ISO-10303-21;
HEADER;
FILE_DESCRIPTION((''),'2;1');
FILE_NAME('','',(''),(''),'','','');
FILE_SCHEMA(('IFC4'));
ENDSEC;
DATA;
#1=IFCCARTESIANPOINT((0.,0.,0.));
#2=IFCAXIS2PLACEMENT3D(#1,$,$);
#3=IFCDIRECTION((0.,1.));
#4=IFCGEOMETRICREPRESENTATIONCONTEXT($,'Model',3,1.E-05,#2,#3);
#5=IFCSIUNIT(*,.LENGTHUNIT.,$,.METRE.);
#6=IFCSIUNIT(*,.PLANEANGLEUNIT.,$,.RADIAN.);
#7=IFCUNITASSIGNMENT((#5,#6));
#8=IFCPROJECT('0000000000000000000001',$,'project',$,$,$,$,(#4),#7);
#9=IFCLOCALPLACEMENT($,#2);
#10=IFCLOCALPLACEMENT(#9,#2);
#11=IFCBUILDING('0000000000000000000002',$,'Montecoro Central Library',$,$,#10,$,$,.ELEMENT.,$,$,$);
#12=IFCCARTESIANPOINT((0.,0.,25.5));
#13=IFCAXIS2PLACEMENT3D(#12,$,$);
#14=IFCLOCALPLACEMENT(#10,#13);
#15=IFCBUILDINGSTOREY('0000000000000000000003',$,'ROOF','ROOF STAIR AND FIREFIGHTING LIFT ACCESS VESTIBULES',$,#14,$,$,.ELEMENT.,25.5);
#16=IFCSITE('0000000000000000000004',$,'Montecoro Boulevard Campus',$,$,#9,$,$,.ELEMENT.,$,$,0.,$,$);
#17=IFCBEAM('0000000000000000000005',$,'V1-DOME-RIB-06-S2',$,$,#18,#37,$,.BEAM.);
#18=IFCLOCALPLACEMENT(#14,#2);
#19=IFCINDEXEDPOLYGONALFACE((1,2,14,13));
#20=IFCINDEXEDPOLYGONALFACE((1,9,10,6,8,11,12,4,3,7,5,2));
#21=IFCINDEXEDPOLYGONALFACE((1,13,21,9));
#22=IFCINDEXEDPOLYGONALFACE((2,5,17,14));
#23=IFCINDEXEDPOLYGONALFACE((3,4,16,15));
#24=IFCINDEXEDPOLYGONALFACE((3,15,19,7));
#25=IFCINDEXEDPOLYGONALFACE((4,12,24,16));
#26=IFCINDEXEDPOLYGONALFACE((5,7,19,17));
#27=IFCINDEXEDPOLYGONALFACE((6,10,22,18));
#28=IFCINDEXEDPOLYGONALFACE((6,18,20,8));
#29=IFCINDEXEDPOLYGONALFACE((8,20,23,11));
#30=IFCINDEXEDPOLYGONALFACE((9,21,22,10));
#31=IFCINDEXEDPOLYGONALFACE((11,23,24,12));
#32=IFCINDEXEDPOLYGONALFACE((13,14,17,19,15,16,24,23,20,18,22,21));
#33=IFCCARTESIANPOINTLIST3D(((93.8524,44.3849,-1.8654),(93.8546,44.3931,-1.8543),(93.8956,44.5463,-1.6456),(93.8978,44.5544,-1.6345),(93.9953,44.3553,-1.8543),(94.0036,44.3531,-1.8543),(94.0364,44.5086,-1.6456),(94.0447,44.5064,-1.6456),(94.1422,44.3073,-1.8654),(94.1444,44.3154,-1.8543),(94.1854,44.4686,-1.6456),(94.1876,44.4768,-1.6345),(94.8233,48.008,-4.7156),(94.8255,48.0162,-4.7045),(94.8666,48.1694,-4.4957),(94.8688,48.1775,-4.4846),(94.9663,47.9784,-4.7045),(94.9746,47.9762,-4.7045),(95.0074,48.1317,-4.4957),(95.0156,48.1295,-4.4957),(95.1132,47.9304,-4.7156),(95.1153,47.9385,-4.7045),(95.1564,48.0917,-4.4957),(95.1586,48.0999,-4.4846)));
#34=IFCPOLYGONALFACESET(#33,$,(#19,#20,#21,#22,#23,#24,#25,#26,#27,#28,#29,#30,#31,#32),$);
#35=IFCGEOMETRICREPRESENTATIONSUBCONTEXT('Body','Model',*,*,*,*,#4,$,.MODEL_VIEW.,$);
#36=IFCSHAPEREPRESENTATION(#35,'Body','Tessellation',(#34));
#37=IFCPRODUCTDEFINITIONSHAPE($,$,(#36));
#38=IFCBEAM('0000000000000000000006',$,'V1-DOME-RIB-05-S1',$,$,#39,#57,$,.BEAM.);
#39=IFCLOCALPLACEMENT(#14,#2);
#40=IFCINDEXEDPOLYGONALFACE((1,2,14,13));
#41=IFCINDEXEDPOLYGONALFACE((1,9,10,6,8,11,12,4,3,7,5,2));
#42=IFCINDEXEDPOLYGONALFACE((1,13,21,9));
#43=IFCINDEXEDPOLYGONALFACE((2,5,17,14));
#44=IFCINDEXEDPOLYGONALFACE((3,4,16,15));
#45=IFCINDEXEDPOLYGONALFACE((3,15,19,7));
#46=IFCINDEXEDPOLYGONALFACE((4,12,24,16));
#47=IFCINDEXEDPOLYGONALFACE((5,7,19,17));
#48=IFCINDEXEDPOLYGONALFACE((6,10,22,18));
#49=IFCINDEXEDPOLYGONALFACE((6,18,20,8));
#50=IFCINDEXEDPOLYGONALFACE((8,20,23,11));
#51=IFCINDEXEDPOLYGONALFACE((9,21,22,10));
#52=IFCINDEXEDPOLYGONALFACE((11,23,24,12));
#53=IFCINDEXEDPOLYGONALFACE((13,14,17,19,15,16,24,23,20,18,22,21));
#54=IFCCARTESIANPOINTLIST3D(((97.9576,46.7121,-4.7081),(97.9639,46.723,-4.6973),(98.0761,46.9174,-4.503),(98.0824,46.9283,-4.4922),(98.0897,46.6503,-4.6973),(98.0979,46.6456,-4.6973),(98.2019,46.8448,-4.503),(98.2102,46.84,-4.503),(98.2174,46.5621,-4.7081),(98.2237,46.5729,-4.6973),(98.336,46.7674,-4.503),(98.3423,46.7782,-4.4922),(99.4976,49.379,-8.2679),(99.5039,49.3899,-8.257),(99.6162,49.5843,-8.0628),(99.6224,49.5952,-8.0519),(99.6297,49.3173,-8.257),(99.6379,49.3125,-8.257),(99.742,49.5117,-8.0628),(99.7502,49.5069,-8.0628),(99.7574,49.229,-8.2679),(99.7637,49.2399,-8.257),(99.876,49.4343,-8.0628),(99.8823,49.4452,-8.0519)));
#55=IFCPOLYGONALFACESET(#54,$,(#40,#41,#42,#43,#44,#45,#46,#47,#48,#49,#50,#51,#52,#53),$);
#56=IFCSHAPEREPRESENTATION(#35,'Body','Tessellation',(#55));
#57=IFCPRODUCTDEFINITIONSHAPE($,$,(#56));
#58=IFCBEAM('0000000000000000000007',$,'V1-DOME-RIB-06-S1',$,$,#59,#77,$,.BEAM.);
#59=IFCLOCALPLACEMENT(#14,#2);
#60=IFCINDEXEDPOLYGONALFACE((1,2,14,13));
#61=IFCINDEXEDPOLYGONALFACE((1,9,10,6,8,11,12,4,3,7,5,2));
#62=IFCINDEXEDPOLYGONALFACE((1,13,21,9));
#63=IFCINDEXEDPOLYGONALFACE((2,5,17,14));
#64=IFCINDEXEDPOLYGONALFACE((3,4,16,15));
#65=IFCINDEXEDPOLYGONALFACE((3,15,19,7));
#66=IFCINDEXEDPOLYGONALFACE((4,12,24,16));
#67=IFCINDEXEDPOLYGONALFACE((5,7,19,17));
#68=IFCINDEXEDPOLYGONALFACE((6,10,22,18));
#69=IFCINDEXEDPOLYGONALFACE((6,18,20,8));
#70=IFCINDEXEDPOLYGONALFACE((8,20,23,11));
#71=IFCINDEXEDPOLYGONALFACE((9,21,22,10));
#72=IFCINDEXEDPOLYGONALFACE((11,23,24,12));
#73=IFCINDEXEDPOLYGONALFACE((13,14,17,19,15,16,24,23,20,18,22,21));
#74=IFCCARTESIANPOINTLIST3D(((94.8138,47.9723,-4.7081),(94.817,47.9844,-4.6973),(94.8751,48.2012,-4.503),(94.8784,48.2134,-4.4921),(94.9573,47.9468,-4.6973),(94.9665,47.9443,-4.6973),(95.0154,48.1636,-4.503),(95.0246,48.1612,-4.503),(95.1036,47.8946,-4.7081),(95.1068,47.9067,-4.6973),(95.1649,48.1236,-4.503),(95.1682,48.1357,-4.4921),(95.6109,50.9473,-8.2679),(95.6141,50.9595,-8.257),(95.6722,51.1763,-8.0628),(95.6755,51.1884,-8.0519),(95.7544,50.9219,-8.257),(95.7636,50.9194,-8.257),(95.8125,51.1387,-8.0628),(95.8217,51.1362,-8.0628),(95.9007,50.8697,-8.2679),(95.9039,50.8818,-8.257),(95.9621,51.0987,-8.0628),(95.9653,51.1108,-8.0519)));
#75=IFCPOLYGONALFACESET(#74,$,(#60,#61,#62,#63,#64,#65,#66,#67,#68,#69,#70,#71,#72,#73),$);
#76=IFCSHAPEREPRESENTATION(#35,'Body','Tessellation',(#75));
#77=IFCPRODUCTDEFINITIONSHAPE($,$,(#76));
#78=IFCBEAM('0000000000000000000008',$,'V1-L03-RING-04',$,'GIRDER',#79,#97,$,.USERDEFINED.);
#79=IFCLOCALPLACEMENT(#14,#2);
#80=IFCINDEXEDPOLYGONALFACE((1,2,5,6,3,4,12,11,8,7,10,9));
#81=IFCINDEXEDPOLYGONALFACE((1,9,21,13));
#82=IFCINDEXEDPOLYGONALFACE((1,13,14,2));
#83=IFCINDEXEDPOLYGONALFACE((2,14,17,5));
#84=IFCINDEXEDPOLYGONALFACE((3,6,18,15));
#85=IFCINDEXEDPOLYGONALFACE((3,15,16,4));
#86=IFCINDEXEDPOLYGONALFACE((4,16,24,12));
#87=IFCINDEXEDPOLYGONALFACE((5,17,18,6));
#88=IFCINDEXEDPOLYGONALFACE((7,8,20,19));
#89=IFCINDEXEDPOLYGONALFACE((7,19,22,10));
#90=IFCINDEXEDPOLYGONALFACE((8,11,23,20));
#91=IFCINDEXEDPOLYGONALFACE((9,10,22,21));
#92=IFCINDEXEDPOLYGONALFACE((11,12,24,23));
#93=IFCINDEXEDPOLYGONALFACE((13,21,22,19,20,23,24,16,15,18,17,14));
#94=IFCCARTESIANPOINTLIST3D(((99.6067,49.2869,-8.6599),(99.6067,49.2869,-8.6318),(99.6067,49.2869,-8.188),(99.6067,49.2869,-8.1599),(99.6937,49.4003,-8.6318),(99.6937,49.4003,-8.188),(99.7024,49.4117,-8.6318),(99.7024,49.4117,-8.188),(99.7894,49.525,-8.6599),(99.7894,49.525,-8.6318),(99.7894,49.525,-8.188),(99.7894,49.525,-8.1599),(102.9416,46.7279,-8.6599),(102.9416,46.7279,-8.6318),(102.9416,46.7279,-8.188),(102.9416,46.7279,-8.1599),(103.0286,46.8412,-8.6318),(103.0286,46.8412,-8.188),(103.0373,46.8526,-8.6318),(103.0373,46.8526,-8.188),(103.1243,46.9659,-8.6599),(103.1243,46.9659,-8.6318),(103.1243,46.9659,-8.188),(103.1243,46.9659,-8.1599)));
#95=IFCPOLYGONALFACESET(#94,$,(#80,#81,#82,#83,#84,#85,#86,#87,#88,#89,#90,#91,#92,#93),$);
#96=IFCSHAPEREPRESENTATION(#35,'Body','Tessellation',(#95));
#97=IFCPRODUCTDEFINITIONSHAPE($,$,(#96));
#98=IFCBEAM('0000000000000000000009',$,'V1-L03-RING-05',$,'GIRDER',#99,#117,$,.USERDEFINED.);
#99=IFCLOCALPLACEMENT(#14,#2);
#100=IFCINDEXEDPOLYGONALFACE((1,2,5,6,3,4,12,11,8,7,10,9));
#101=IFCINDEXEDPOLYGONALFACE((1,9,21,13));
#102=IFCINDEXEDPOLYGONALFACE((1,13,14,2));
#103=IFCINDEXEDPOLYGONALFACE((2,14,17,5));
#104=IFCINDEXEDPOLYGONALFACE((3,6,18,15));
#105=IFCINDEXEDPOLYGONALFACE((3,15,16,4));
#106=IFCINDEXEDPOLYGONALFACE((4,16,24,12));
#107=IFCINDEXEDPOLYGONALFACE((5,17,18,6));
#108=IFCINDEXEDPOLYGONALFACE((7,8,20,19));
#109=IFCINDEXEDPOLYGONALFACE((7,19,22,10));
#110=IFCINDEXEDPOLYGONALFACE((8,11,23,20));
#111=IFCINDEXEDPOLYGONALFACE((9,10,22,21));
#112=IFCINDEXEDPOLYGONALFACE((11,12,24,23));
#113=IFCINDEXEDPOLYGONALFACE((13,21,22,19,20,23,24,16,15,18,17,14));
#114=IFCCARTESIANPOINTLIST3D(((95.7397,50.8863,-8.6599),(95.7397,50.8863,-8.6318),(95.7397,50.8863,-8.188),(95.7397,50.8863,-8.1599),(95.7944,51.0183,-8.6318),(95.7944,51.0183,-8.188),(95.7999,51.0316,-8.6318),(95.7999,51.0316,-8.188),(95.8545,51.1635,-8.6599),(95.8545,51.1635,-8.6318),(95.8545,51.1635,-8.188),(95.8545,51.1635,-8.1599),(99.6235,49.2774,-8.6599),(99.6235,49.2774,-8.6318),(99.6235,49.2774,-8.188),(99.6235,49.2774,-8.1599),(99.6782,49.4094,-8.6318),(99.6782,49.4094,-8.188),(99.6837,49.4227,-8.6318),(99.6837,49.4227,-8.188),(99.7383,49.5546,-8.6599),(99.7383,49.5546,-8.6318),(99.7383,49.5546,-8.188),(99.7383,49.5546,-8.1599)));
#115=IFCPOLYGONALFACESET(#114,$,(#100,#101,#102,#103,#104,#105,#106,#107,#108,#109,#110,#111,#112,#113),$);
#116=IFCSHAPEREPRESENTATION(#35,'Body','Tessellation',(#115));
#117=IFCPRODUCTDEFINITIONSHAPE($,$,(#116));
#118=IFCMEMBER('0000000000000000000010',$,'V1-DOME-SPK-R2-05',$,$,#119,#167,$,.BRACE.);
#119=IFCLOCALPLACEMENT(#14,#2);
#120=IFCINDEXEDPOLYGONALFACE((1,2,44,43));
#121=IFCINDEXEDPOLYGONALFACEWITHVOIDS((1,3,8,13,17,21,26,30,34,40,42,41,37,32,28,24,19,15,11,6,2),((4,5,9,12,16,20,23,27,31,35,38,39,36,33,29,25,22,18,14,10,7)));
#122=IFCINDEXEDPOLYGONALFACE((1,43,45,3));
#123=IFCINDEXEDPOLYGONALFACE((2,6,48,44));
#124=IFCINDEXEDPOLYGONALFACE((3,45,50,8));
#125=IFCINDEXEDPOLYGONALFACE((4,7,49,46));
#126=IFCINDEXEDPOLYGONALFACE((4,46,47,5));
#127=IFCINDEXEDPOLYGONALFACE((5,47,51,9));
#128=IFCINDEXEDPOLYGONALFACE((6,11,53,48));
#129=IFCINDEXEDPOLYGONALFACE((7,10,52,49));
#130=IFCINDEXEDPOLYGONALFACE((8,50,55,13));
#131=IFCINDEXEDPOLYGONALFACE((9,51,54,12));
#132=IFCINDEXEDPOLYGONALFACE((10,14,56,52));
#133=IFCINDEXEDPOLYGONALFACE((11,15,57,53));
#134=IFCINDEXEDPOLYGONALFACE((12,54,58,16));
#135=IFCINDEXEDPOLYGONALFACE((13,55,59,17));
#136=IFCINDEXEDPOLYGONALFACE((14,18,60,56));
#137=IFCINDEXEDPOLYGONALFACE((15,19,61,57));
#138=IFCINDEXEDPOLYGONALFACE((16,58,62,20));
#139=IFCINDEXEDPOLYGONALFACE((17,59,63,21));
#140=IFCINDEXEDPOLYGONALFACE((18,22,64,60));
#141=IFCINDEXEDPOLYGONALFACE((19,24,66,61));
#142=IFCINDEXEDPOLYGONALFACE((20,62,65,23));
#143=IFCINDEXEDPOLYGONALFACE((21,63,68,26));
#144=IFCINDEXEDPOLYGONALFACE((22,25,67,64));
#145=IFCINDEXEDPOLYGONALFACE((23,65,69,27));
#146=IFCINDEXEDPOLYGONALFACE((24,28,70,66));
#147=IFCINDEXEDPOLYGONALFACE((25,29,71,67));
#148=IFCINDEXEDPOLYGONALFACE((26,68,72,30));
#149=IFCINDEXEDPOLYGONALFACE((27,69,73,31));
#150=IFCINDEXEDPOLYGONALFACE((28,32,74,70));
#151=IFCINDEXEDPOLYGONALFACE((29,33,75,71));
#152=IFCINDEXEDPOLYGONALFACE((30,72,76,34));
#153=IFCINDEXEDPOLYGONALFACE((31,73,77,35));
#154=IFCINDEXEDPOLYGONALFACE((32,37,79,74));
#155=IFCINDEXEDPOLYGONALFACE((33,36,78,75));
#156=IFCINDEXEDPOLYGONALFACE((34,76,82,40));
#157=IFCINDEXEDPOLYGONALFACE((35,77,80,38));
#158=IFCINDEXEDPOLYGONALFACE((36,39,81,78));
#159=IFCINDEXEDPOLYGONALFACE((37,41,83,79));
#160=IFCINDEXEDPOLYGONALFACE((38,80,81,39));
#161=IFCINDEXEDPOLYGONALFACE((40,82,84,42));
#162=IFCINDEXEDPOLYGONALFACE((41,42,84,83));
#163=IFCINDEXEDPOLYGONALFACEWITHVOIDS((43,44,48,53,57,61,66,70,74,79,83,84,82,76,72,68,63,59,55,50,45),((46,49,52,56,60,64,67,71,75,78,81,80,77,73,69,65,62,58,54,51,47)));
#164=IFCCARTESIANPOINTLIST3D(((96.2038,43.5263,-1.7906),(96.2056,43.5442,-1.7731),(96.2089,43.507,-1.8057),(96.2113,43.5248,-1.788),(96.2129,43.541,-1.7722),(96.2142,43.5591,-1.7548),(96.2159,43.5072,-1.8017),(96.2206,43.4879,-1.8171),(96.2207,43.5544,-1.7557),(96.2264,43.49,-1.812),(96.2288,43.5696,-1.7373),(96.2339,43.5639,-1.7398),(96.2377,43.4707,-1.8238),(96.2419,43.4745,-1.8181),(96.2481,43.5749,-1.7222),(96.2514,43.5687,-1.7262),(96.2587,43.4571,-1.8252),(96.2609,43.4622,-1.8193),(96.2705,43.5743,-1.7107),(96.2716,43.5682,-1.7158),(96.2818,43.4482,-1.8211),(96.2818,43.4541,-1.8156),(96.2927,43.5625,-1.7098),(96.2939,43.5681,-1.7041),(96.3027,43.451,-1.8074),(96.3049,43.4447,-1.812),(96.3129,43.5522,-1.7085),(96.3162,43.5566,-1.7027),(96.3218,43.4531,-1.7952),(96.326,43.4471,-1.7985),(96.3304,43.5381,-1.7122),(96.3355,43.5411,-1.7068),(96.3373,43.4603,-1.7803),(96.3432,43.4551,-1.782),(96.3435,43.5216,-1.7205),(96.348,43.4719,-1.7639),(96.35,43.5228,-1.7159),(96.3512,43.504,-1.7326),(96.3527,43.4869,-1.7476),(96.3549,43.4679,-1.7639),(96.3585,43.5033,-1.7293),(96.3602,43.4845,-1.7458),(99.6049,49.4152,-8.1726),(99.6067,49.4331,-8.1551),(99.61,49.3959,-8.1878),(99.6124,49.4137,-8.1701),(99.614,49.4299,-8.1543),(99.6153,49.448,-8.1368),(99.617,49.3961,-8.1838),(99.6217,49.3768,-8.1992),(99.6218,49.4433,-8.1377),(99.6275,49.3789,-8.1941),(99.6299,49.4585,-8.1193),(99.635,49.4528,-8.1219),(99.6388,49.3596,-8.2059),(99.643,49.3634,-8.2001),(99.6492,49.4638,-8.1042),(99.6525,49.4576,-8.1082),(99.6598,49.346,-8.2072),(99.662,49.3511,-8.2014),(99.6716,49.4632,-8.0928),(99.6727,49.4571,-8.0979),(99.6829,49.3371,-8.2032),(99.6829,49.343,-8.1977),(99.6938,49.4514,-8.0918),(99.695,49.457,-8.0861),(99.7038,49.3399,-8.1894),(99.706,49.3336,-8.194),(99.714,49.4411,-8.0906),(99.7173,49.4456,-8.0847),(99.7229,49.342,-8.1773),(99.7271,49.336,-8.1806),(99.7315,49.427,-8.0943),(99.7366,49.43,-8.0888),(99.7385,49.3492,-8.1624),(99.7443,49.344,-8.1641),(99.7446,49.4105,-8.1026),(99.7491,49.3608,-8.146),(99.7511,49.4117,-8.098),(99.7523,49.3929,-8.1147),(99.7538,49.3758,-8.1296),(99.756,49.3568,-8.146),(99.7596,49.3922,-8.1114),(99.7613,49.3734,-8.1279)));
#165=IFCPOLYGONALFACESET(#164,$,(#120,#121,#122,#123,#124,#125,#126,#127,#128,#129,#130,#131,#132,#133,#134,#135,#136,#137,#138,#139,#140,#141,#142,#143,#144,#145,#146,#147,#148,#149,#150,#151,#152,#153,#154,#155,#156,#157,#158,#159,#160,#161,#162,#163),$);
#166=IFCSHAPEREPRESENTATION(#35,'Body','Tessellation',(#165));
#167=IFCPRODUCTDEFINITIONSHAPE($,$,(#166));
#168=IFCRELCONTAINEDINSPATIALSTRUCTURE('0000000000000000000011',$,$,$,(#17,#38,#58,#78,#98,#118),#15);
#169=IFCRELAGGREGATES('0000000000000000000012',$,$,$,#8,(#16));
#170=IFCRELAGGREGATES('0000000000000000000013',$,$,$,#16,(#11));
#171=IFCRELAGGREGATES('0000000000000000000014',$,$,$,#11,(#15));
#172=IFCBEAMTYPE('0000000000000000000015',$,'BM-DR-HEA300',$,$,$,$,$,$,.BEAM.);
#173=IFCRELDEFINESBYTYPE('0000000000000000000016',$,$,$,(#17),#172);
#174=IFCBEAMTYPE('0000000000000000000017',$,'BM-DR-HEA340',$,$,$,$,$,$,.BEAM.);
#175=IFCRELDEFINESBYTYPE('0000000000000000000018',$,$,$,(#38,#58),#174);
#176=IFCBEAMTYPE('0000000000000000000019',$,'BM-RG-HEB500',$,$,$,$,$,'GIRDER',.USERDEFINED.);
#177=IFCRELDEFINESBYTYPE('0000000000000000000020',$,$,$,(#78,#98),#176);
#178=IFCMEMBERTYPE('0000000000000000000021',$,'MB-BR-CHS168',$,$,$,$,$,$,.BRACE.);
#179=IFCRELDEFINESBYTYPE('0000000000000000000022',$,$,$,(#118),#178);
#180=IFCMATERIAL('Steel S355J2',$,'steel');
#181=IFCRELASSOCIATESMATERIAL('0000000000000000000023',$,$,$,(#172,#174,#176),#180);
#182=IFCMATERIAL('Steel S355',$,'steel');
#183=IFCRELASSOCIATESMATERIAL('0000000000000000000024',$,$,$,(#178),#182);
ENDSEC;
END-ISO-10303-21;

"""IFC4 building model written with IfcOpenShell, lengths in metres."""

from ifc_helpers import new_model, si_unit, direction, frame, origin, origin_2d, place, context, subcontext, project, spatial, hollow_circle, i_section, extrude, material, material_profile, profile_set, type_object, element, save


model = new_model("IFC4")

# Units and contexts
model_context = context("Model", 3, precision=1e-05, world=origin(), true_north=direction((0.0, 1.0)))
body_context = subcontext(model_context, "Body", "Model", "MODEL_VIEW")
ifc_project = project(units=[si_unit("LENGTHUNIT", "METRE"), si_unit("PLANEANGLEUNIT", "RADIAN")], contexts=[model_context])

# Site, building, storey
site_placement = place(None, origin())
site = spatial("IfcSite", under=ifc_project, at=site_placement, Name="Montecoro Boulevard Campus", CompositionType="ELEMENT", RefElevation=0.0)
building_placement = place(site_placement, origin())
building = spatial("IfcBuilding", under=site, at=building_placement, Name="Montecoro Central Library", CompositionType="ELEMENT")
storey_placement = place(building_placement, frame((0.0, 0.0, 25.5)))
storey = spatial("IfcBuildingStorey", under=building, at=storey_placement, Name="ROOF", Description="ROOF STAIR AND FIREFIGHTING LIFT ACCESS VESTIBULES", CompositionType="ELEMENT", Elevation=25.5)

# Beams
ifc_material_1 = material(Name="Steel S355J2", Category="steel")
ifc_material_profile_1 = material_profile(ifc_material_1, i_section(OverallWidth=0.3, OverallDepth=0.29, WebThickness=0.0085, FlangeThickness=0.0139, at=origin_2d()), Name="HEA 300")
ifc_profile_set_1 = profile_set([ifc_material_profile_1], Name="Steel S355J2")
beam_type_1 = type_object("IfcBeamType", Name="BM-DR-HEA300", PredefinedType="BEAM", material=ifc_profile_set_1)
beam_1_placement = place(storey_placement, frame((94.991, 48.054, -4.6001), z_axis=(-0.206108, -0.769083, 0.605005), x_axis=(0.965916, -0.258858, 0.0)))
element("IfcBeam", 1, at=beam_1_placement, inside=storey, type_object=beam_type_1, Name="V1-DOME-RIB-06-S2", PredefinedType="BEAM", context=body_context, shape_type="SweptSolid", body=[
    extrude(i_section(OverallWidth=0.3, OverallDepth=0.29, WebThickness=0.0085, FlangeThickness=0.0139, at=origin_2d()), origin(), (0.0, 0.0, 1.0), 4.7109),
])
ifc_material_profile_2 = material_profile(ifc_material_1, i_section(OverallWidth=0.3, OverallDepth=0.3301, WebThickness=0.0095, FlangeThickness=0.0166, at=origin_2d()), Name="HEA 340")
ifc_profile_set_2 = profile_set([ifc_material_profile_2], Name="Steel S355J2")
beam_type_2 = type_object("IfcBeamType", Name="BM-DR-HEA340", PredefinedType="BEAM", material=ifc_profile_set_2)
beam_2_placement = place(storey_placement, frame((99.6899, 49.4121, -8.1599), z_axis=(-0.327173, -0.566589, 0.756264), x_axis=(0.86599, -0.500061, 0.0)))
element("IfcBeam", 2, at=beam_2_placement, inside=storey, type_object=beam_type_2, Name="V1-DOME-RIB-05-S1", PredefinedType="BEAM", context=body_context, shape_type="SweptSolid", body=[
    extrude(i_section(OverallWidth=0.3, OverallDepth=0.3301, WebThickness=0.0095, FlangeThickness=0.0166, at=origin_2d()), origin(), (0.0, 0.0, 1.0), 4.707),
])
beam_3_placement = place(storey_placement, frame((95.7881, 51.0291, -8.1599), z_axis=(-0.169336, -0.632015, 0.756229), x_axis=(0.96593, -0.258802, 0.0)))
element("IfcBeam", 3, at=beam_3_placement, inside=storey, type_object=beam_type_2, Name="V1-DOME-RIB-06-S1", PredefinedType="BEAM", context=body_context, shape_type="SweptSolid", body=[
    extrude(i_section(OverallWidth=0.3, OverallDepth=0.3301, WebThickness=0.0095, FlangeThickness=0.0166, at=origin_2d()), origin(), (0.0, 0.0, 1.0), 4.7073),
])
ifc_material_profile_3 = material_profile(ifc_material_1, i_section(OverallWidth=0.3, OverallDepth=0.5, WebThickness=0.0144, FlangeThickness=0.0281, at=origin_2d()), Name="HEB 500")
ifc_profile_set_3 = profile_set([ifc_material_profile_3], Name="Steel S355J2")
beam_type_3 = type_object("IfcBeamType", Name="BM-RG-HEB500", ElementType="GIRDER", PredefinedType="USERDEFINED", material=ifc_profile_set_3)
beam_4_placement = place(storey_placement, frame((103.033, 46.8469, -8.4099), z_axis=(-0.793345, 0.608773, 0.0), x_axis=(-0.608773, -0.793345, 0.0)))
element("IfcBeam", 4, at=beam_4_placement, inside=storey, type_object=beam_type_3, Name="V1-L03-RING-04", ObjectType="GIRDER", PredefinedType="USERDEFINED", context=body_context, shape_type="SweptSolid", body=[
    extrude(i_section(OverallWidth=0.3, OverallDepth=0.5, WebThickness=0.0144, FlangeThickness=0.0281, at=origin_2d()), origin(), (0.0, 0.0, 1.0), 4.2036),
])
beam_5_placement = place(storey_placement, frame((99.6809, 49.416, -8.4099), z_axis=(-0.923865, 0.382718, 0.0), x_axis=(-0.382718, -0.923865, 0.0)))
element("IfcBeam", 5, at=beam_5_placement, inside=storey, type_object=beam_type_3, Name="V1-L03-RING-05", ObjectType="GIRDER", PredefinedType="USERDEFINED", context=body_context, shape_type="SweptSolid", body=[
    extrude(i_section(OverallWidth=0.3, OverallDepth=0.5, WebThickness=0.0144, FlangeThickness=0.0281, at=origin_2d()), origin(), (0.0, 0.0, 1.0), 4.2039),
])

# Member
ifc_material_2 = material(Name="Steel S355", Category="steel")
ifc_material_profile_4 = material_profile(ifc_material_2, hollow_circle(Radius=0.0842, WallThickness=0.0081, at=origin_2d()), Name="CHS 168.3x8.0")
ifc_profile_set_4 = profile_set([ifc_material_profile_4], Name="Steel S355")
member_type_1 = type_object("IfcMemberType", Name="MB-BR-CHS168", PredefinedType="BRACE", material=ifc_profile_set_4)
member_1_placement = place(storey_placement, frame((99.6831, 49.3989, -8.146), z_axis=(-0.364685, -0.631438, 0.684318), x_axis=(0.865952, -0.500127, 0.0)))
element("IfcMember", 6, at=member_1_placement, inside=storey, type_object=member_type_1, Name="V1-DOME-SPK-R2-05", PredefinedType="BRACE", context=body_context, shape_type="SweptSolid", body=[
    extrude(hollow_circle(Radius=0.0842, WallThickness=0.0081, at=origin_2d()), origin(), (0.0, 0.0, 1.0), 9.3262),
])

save(model, "model.ifc")
